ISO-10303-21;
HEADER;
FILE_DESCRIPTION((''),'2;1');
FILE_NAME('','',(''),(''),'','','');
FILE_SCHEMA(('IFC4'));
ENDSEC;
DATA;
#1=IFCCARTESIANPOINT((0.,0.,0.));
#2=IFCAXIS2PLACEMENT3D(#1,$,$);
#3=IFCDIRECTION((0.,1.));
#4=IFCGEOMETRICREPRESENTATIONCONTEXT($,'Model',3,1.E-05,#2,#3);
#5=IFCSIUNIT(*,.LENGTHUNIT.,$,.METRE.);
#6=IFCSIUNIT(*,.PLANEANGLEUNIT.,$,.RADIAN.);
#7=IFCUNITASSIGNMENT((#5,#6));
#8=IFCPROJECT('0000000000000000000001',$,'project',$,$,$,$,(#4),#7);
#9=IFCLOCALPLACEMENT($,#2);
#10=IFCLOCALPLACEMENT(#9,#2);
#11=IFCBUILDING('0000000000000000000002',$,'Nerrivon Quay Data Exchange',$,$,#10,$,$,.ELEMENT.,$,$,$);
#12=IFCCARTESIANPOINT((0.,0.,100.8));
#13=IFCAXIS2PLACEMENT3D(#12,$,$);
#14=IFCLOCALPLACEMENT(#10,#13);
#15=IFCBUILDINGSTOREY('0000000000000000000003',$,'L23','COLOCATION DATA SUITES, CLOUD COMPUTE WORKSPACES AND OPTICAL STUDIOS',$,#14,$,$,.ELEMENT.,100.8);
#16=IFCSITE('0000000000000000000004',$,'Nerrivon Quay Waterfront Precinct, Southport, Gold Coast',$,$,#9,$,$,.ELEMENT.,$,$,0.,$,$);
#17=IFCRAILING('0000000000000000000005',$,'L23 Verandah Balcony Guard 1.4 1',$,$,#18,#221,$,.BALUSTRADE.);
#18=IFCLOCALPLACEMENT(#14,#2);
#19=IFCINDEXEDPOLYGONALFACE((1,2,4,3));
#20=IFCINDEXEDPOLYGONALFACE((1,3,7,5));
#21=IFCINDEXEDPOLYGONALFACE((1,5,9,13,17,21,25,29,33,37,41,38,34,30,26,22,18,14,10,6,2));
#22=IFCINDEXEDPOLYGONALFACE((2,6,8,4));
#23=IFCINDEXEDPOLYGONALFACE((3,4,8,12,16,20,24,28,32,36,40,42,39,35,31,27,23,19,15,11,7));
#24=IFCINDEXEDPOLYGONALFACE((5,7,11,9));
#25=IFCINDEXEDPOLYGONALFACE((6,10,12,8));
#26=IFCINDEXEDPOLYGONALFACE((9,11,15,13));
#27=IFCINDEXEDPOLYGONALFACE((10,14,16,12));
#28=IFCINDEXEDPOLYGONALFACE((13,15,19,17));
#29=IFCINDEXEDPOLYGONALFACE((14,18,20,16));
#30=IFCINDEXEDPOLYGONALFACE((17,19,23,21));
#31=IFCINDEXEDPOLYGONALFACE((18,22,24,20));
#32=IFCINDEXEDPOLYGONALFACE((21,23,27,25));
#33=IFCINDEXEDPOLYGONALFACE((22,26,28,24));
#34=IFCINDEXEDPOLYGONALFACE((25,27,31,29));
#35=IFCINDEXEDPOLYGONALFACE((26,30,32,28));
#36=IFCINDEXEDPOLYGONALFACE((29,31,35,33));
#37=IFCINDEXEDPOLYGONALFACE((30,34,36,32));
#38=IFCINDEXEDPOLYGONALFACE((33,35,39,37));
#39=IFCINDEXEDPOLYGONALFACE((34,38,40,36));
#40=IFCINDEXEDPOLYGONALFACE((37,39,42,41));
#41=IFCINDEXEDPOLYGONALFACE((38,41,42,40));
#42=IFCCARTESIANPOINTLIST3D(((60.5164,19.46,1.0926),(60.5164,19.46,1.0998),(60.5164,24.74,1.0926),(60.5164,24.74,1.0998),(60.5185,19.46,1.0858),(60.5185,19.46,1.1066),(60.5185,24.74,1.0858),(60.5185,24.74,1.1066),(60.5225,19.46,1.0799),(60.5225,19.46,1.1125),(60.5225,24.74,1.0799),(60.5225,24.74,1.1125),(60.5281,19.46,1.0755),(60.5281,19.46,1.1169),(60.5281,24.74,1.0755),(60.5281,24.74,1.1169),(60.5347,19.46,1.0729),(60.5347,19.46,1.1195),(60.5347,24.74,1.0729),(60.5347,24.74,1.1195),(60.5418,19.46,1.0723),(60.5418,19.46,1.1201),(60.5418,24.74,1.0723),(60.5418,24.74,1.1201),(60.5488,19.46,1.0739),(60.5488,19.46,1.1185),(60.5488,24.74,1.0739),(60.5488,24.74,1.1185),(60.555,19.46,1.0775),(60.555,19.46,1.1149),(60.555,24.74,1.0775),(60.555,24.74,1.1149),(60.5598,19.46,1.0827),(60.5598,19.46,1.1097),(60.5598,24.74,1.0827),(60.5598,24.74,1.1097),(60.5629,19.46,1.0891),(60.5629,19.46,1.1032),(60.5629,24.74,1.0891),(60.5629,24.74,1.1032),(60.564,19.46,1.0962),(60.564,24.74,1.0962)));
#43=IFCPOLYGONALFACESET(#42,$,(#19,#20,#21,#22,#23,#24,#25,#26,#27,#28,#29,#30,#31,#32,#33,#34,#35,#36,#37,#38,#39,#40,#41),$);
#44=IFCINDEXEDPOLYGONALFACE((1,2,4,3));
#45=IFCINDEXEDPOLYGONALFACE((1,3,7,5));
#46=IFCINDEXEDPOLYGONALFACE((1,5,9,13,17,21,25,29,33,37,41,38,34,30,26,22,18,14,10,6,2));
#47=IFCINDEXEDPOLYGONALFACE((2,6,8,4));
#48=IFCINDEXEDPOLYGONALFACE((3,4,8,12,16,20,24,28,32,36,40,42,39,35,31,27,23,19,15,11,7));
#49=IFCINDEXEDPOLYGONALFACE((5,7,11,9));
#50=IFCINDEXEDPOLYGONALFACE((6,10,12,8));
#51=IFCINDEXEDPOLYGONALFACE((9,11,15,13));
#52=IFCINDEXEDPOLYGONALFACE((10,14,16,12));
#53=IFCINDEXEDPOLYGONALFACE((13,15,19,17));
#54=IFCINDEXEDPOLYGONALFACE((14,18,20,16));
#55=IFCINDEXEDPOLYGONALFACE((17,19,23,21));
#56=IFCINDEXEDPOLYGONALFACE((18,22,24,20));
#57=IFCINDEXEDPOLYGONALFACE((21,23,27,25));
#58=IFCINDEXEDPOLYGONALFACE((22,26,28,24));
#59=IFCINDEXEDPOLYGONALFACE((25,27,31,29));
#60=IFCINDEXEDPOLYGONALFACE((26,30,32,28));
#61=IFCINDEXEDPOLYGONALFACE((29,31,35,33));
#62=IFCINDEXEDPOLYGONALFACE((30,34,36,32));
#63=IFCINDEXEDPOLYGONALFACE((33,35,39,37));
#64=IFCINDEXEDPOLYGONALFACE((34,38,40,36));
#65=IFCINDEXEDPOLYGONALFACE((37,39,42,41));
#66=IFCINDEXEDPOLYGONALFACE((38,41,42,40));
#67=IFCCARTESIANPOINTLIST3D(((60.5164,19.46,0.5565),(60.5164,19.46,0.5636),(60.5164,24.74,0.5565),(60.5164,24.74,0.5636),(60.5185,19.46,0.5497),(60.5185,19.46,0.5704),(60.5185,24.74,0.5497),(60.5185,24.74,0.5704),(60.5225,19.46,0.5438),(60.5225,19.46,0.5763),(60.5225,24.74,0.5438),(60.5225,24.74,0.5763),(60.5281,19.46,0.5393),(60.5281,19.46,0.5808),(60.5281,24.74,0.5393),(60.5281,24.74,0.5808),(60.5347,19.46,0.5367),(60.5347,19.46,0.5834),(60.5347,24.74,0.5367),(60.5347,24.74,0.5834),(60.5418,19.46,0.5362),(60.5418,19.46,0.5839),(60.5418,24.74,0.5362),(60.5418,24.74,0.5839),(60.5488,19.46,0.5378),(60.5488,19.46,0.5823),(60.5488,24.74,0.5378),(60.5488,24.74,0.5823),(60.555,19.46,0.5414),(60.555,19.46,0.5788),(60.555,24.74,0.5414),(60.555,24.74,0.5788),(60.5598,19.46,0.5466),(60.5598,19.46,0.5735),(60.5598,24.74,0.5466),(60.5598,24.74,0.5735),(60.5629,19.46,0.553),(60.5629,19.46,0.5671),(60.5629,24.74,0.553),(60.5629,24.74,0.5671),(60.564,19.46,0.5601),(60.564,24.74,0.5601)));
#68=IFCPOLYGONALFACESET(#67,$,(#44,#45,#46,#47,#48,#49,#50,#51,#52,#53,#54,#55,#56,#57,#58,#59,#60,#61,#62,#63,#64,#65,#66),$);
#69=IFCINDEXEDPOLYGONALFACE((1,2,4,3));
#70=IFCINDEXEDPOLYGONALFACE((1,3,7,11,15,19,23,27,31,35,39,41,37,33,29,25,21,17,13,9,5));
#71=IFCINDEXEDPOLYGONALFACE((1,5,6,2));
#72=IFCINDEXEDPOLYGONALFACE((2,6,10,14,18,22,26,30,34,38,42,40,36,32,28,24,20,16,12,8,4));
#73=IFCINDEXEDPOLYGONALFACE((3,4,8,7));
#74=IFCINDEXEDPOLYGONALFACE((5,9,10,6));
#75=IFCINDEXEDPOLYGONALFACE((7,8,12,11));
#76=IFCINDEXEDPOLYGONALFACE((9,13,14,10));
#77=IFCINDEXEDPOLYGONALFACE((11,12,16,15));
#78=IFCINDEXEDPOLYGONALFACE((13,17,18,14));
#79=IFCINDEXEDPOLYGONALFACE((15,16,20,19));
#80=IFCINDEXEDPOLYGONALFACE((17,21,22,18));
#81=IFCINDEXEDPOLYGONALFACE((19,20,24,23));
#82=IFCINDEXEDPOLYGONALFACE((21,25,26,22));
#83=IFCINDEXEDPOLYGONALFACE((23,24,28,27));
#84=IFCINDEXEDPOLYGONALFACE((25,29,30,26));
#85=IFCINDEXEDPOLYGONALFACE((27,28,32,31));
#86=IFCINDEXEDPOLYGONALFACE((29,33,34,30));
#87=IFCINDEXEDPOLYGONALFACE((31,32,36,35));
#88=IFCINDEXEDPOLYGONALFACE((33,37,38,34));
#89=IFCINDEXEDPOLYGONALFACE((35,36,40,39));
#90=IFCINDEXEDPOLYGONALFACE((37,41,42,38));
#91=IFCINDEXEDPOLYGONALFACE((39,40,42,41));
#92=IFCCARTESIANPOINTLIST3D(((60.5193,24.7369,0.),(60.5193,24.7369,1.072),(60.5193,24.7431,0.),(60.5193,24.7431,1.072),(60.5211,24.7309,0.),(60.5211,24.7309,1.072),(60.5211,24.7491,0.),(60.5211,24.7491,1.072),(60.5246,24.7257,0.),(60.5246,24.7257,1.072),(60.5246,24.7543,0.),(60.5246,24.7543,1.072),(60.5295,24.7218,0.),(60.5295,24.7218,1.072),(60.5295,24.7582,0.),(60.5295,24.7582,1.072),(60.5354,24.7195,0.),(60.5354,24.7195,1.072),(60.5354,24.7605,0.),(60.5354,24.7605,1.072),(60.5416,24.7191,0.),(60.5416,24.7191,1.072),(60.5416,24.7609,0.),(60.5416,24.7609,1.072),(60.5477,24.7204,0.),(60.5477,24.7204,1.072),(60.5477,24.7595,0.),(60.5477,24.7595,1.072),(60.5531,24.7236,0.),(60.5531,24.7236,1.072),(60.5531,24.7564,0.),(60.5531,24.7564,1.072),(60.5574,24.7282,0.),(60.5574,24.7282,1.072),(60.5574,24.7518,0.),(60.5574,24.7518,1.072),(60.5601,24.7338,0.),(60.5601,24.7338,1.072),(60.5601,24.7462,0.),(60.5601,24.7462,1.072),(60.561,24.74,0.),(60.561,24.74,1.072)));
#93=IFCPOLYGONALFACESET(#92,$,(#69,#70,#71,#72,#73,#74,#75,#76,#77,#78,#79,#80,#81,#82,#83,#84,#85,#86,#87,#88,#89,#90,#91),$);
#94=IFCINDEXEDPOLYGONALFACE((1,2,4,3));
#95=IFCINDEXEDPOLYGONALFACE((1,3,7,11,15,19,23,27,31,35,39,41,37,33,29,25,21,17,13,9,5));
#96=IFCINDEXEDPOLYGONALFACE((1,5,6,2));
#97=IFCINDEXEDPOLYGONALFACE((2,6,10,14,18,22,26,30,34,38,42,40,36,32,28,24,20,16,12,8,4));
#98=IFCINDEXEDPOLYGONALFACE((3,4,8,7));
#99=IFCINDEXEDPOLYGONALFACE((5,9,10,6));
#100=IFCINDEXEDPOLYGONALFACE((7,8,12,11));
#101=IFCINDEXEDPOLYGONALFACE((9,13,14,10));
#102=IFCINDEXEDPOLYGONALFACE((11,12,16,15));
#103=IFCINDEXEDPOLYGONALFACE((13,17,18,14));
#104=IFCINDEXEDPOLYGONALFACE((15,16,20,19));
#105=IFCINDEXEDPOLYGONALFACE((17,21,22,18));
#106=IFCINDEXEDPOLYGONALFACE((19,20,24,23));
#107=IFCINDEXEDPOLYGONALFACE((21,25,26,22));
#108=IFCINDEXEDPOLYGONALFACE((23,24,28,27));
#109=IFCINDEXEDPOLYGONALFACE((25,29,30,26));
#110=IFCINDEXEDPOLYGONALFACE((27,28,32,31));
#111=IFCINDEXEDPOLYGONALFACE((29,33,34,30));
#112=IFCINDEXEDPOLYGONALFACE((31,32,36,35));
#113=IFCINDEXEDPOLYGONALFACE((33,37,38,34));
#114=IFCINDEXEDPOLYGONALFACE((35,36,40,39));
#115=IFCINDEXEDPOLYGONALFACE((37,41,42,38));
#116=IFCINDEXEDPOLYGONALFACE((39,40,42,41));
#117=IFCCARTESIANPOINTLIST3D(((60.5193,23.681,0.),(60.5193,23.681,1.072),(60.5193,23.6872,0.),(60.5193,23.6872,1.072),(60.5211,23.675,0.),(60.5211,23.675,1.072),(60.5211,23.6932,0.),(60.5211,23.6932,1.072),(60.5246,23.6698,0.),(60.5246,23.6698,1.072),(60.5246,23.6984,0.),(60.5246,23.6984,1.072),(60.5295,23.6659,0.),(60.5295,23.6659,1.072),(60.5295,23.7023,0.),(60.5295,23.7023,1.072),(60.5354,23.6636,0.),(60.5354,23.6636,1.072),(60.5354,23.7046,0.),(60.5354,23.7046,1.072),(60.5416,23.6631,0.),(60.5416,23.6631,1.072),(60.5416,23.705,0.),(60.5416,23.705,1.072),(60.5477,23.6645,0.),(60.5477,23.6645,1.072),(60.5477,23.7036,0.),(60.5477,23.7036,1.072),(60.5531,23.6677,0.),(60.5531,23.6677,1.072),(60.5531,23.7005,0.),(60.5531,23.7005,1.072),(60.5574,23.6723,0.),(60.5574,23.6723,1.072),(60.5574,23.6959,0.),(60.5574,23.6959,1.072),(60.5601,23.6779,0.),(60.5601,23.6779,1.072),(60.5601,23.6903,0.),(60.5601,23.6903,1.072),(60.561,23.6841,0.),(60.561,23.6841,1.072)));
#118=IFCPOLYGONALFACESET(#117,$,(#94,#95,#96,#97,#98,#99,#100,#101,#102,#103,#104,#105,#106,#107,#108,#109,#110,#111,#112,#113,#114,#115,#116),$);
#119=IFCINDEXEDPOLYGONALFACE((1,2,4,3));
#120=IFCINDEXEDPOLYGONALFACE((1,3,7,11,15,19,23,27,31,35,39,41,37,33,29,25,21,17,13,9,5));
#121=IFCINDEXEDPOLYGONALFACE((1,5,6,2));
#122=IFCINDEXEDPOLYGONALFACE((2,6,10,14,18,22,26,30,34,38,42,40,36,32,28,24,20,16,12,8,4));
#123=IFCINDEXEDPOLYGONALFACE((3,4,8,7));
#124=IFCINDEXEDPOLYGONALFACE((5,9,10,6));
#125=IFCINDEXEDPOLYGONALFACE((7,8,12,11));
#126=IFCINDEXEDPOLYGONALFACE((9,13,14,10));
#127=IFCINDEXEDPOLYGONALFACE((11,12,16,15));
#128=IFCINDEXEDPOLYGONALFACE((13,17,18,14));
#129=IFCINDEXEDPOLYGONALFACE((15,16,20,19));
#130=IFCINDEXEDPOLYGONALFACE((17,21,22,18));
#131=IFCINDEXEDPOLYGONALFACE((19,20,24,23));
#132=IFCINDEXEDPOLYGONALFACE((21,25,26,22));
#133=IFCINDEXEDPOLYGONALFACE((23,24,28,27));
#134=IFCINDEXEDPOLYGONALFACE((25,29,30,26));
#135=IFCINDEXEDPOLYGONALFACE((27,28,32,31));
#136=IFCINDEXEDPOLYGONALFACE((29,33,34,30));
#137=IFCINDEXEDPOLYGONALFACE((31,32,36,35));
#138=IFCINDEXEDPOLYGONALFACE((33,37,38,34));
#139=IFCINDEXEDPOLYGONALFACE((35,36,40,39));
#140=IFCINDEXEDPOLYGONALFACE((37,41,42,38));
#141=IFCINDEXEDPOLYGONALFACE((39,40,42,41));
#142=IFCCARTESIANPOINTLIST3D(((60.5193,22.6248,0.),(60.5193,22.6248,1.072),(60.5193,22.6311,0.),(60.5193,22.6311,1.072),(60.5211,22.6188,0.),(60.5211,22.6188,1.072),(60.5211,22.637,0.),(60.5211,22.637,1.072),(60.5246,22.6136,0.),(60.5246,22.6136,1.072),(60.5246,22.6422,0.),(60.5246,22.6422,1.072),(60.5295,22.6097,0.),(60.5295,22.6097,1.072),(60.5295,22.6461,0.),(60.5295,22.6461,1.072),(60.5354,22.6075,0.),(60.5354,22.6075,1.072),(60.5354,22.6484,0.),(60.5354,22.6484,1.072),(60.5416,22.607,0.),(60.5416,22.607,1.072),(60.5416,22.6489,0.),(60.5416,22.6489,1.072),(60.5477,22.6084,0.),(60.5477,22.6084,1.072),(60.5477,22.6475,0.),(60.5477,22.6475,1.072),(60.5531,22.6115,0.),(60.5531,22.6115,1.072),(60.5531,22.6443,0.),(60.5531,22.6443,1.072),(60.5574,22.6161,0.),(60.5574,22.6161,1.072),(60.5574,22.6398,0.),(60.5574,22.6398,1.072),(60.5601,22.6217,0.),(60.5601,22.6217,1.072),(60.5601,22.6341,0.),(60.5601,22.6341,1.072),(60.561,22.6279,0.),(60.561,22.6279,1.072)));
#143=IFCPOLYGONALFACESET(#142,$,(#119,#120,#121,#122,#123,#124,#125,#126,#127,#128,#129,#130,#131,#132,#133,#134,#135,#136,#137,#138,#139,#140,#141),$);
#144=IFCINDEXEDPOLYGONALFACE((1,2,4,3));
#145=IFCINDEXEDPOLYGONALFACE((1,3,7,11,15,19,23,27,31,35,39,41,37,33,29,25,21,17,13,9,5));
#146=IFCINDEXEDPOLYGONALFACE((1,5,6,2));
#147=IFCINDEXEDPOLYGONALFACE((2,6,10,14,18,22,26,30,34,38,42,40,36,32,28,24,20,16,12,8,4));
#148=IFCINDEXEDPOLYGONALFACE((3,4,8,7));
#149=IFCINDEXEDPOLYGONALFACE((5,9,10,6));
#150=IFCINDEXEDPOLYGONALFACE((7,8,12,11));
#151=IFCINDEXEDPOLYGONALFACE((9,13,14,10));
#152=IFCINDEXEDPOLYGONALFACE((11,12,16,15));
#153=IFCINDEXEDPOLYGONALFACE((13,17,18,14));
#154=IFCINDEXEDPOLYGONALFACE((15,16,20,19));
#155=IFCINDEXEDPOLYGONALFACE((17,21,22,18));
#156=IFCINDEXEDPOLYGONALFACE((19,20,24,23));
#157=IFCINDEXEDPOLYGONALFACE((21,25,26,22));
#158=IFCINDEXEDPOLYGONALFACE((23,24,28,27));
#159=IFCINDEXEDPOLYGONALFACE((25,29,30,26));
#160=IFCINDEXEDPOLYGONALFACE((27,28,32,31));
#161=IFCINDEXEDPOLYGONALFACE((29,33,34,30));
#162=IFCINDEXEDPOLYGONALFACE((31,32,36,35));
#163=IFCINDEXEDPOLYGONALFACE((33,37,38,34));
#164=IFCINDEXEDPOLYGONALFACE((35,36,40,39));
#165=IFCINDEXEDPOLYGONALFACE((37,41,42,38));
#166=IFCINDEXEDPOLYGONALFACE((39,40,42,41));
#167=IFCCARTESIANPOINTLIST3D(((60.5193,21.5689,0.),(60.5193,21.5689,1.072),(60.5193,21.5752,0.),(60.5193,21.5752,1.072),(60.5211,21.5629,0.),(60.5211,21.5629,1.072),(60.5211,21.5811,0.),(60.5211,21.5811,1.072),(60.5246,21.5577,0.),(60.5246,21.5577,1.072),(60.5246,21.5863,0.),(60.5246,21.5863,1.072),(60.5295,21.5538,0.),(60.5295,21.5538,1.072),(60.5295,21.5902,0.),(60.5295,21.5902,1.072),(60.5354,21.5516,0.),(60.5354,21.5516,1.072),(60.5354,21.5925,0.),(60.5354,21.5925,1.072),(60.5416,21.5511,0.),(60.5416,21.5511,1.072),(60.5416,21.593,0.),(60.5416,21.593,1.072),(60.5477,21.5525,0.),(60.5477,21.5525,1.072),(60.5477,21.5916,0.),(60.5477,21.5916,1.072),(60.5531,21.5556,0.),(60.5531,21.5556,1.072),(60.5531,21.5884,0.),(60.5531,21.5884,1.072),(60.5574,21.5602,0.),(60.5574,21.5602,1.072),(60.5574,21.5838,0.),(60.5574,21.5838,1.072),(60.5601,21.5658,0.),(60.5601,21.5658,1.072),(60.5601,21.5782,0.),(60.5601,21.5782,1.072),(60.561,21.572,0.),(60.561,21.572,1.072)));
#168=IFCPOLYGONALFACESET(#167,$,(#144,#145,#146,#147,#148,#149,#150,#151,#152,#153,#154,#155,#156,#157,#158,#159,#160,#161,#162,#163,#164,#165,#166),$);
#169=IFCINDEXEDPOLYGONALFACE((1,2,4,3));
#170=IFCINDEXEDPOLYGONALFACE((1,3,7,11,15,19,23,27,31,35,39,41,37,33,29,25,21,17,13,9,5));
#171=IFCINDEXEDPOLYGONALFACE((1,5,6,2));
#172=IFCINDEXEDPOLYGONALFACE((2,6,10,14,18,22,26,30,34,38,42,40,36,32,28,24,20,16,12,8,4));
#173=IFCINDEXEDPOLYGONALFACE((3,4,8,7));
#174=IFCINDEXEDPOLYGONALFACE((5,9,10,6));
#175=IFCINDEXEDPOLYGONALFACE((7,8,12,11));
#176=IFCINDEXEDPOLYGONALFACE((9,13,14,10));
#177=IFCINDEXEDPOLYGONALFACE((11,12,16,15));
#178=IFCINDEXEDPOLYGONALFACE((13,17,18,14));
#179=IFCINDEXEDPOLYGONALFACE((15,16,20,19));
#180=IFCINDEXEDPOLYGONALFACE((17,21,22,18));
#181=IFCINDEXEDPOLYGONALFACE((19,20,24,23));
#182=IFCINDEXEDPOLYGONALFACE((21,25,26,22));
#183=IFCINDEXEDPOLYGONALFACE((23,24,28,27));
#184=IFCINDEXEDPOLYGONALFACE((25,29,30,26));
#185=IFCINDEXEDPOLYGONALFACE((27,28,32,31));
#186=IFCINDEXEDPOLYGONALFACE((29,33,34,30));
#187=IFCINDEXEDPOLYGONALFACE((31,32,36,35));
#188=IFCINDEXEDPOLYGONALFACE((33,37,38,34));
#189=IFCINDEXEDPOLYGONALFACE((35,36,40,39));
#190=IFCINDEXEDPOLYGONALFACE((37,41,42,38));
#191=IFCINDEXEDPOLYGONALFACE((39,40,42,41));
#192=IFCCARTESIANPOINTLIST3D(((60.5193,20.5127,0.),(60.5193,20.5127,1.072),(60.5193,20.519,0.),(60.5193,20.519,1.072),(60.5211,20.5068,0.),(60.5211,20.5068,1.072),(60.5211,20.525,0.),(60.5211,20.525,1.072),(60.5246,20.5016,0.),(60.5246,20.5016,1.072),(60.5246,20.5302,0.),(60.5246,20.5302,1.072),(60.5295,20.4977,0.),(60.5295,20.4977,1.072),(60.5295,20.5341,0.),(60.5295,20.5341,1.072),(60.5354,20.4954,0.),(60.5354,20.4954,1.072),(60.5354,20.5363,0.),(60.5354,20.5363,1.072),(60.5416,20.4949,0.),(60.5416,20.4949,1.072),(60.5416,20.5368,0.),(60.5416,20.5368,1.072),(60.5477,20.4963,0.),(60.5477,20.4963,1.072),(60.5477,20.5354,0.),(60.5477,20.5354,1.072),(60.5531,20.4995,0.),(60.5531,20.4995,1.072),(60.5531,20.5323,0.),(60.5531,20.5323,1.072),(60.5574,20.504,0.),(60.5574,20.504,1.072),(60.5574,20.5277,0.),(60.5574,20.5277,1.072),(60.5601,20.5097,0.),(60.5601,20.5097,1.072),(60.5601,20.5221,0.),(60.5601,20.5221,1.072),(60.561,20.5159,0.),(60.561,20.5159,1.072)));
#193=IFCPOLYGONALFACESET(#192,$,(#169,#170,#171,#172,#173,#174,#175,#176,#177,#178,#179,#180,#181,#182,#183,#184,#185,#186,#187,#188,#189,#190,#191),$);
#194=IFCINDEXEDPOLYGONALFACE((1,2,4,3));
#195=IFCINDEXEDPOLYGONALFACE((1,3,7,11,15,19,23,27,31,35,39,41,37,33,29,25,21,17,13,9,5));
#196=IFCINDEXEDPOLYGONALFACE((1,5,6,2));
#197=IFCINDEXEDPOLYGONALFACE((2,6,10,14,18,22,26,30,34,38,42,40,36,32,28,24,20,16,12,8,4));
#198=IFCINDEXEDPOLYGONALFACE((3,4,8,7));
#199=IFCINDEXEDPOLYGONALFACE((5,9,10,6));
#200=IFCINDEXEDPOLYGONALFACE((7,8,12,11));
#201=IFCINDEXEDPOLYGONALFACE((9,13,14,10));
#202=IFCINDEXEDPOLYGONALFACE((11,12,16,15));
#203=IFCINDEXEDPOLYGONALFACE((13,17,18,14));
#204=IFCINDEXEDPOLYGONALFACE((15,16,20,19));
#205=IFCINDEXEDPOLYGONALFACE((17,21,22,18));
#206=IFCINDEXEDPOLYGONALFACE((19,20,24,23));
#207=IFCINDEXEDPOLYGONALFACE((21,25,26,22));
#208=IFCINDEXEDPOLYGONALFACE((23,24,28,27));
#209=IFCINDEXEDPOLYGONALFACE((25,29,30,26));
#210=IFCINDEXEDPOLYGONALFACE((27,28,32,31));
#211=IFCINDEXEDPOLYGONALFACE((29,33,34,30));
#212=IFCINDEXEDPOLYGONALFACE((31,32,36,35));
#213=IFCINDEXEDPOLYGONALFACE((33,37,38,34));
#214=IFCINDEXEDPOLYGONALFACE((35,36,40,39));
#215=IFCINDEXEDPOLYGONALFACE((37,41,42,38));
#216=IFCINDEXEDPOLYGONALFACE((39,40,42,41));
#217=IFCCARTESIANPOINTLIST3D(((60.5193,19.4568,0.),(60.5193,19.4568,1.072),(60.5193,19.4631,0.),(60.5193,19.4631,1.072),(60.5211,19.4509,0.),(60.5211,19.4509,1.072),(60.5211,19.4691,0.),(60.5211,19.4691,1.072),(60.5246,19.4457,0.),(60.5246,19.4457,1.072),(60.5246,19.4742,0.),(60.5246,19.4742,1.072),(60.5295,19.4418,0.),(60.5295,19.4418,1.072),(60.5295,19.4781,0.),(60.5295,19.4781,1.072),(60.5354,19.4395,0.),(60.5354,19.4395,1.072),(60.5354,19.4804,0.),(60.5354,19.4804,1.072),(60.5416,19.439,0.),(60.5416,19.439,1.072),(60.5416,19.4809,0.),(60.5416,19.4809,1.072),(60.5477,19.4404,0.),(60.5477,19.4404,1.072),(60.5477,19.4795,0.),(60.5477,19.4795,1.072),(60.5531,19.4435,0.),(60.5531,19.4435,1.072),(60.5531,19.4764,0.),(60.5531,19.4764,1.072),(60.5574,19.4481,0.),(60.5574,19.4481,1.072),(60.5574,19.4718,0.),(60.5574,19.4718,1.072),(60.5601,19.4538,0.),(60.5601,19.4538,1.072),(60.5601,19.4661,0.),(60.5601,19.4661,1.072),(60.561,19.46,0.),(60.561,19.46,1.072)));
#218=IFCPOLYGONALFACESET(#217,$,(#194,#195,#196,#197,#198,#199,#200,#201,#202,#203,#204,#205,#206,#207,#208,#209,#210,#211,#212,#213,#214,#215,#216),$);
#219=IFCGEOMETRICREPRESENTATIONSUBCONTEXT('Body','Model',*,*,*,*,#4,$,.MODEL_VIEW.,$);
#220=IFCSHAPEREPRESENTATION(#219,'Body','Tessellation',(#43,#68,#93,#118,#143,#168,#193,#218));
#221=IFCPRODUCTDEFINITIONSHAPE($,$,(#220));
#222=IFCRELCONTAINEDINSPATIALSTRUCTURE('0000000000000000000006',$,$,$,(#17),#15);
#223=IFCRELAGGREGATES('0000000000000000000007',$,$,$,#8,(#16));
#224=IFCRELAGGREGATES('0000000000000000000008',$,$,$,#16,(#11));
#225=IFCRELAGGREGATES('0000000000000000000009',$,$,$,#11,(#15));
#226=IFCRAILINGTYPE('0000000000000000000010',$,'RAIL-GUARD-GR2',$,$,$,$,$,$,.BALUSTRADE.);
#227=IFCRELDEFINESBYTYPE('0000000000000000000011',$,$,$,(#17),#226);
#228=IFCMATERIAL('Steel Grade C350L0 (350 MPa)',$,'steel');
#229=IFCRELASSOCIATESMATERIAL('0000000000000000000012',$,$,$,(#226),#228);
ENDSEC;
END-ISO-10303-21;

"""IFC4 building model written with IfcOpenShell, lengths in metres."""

from ifc_helpers import new_model, si_unit, direction, frame, origin, origin_2d, place, context, subcontext, project, spatial, circle, extrude, material, type_object, element, save


model = new_model("IFC4")

# Units and contexts
model_context = context("Model", 3, precision=1e-05, world=origin(), true_north=direction((0.0, 1.0)))
body_context = subcontext(model_context, "Body", "Model", "MODEL_VIEW")
ifc_project = project(units=[si_unit("LENGTHUNIT", "METRE"), si_unit("PLANEANGLEUNIT", "RADIAN")], contexts=[model_context])

# Site, building, storey
site_placement = place(None, origin())
site = spatial("IfcSite", under=ifc_project, at=site_placement, Name="Nerrivon Quay Waterfront Precinct, Southport, Gold Coast", CompositionType="ELEMENT", RefElevation=0.0)
building_placement = place(site_placement, origin())
building = spatial("IfcBuilding", under=site, at=building_placement, Name="Nerrivon Quay Data Exchange", CompositionType="ELEMENT")
storey_placement = place(building_placement, frame((0.0, 0.0, 100.8)))
storey = spatial("IfcBuildingStorey", under=building, at=storey_placement, Name="L23", Description="COLOCATION DATA SUITES, CLOUD COMPUTE WORKSPACES AND OPTICAL STUDIOS", CompositionType="ELEMENT", Elevation=100.8)

# Railing
ifc_material_1 = material(Name="Steel Grade C350L0 (350 MPa)", Category="steel")
railing_type = type_object("IfcRailingType", Name="RAIL-GUARD-GR2", PredefinedType="BALUSTRADE", material=ifc_material_1)
railing_1_placement = place(storey_placement, frame((60.54, 24.74, 0.0)))
element("IfcRailing", 1, at=railing_1_placement, inside=storey, type_object=railing_type, Name="L23 Verandah Balcony Guard 1.4 1", PredefinedType="BALUSTRADE", context=body_context, shape_type="SweptSolid", body=[
    extrude(circle(Radius=0.0239, at=origin_2d()), frame((0.0, 0.0, 1.0962), z_axis=(0.0, -1.0, 0.0), x_axis=(1.0, 0.0, 0.0)), (0.0, 0.0, 1.0), 5.28),
    extrude(circle(Radius=0.0239, at=origin_2d()), frame((0.0, 0.0, 0.5601), z_axis=(0.0, -1.0, 0.0), x_axis=(1.0, 0.0, 0.0)), (0.0, 0.0, 1.0), 5.28),
    extrude(circle(Radius=0.021, at=origin_2d()), origin(), (0.0, 0.0, 1.0), 1.072),
    extrude(circle(Radius=0.021, at=origin_2d()), frame((0.0, -1.0559, 0.0)), (0.0, 0.0, 1.0), 1.072),
    extrude(circle(Radius=0.021, at=origin_2d()), frame((0.0, -2.1121, 0.0)), (0.0, 0.0, 1.0), 1.072),
    extrude(circle(Radius=0.021, at=origin_2d()), frame((0.0, -3.168, 0.0)), (0.0, 0.0, 1.0), 1.072),
    extrude(circle(Radius=0.021, at=origin_2d()), frame((0.0, -4.2241, 0.0)), (0.0, 0.0, 1.0), 1.072),
    extrude(circle(Radius=0.021, at=origin_2d()), frame((0.0, -5.28, 0.0)), (0.0, 0.0, 1.0), 1.072),
])

save(model, "model.ifc")
